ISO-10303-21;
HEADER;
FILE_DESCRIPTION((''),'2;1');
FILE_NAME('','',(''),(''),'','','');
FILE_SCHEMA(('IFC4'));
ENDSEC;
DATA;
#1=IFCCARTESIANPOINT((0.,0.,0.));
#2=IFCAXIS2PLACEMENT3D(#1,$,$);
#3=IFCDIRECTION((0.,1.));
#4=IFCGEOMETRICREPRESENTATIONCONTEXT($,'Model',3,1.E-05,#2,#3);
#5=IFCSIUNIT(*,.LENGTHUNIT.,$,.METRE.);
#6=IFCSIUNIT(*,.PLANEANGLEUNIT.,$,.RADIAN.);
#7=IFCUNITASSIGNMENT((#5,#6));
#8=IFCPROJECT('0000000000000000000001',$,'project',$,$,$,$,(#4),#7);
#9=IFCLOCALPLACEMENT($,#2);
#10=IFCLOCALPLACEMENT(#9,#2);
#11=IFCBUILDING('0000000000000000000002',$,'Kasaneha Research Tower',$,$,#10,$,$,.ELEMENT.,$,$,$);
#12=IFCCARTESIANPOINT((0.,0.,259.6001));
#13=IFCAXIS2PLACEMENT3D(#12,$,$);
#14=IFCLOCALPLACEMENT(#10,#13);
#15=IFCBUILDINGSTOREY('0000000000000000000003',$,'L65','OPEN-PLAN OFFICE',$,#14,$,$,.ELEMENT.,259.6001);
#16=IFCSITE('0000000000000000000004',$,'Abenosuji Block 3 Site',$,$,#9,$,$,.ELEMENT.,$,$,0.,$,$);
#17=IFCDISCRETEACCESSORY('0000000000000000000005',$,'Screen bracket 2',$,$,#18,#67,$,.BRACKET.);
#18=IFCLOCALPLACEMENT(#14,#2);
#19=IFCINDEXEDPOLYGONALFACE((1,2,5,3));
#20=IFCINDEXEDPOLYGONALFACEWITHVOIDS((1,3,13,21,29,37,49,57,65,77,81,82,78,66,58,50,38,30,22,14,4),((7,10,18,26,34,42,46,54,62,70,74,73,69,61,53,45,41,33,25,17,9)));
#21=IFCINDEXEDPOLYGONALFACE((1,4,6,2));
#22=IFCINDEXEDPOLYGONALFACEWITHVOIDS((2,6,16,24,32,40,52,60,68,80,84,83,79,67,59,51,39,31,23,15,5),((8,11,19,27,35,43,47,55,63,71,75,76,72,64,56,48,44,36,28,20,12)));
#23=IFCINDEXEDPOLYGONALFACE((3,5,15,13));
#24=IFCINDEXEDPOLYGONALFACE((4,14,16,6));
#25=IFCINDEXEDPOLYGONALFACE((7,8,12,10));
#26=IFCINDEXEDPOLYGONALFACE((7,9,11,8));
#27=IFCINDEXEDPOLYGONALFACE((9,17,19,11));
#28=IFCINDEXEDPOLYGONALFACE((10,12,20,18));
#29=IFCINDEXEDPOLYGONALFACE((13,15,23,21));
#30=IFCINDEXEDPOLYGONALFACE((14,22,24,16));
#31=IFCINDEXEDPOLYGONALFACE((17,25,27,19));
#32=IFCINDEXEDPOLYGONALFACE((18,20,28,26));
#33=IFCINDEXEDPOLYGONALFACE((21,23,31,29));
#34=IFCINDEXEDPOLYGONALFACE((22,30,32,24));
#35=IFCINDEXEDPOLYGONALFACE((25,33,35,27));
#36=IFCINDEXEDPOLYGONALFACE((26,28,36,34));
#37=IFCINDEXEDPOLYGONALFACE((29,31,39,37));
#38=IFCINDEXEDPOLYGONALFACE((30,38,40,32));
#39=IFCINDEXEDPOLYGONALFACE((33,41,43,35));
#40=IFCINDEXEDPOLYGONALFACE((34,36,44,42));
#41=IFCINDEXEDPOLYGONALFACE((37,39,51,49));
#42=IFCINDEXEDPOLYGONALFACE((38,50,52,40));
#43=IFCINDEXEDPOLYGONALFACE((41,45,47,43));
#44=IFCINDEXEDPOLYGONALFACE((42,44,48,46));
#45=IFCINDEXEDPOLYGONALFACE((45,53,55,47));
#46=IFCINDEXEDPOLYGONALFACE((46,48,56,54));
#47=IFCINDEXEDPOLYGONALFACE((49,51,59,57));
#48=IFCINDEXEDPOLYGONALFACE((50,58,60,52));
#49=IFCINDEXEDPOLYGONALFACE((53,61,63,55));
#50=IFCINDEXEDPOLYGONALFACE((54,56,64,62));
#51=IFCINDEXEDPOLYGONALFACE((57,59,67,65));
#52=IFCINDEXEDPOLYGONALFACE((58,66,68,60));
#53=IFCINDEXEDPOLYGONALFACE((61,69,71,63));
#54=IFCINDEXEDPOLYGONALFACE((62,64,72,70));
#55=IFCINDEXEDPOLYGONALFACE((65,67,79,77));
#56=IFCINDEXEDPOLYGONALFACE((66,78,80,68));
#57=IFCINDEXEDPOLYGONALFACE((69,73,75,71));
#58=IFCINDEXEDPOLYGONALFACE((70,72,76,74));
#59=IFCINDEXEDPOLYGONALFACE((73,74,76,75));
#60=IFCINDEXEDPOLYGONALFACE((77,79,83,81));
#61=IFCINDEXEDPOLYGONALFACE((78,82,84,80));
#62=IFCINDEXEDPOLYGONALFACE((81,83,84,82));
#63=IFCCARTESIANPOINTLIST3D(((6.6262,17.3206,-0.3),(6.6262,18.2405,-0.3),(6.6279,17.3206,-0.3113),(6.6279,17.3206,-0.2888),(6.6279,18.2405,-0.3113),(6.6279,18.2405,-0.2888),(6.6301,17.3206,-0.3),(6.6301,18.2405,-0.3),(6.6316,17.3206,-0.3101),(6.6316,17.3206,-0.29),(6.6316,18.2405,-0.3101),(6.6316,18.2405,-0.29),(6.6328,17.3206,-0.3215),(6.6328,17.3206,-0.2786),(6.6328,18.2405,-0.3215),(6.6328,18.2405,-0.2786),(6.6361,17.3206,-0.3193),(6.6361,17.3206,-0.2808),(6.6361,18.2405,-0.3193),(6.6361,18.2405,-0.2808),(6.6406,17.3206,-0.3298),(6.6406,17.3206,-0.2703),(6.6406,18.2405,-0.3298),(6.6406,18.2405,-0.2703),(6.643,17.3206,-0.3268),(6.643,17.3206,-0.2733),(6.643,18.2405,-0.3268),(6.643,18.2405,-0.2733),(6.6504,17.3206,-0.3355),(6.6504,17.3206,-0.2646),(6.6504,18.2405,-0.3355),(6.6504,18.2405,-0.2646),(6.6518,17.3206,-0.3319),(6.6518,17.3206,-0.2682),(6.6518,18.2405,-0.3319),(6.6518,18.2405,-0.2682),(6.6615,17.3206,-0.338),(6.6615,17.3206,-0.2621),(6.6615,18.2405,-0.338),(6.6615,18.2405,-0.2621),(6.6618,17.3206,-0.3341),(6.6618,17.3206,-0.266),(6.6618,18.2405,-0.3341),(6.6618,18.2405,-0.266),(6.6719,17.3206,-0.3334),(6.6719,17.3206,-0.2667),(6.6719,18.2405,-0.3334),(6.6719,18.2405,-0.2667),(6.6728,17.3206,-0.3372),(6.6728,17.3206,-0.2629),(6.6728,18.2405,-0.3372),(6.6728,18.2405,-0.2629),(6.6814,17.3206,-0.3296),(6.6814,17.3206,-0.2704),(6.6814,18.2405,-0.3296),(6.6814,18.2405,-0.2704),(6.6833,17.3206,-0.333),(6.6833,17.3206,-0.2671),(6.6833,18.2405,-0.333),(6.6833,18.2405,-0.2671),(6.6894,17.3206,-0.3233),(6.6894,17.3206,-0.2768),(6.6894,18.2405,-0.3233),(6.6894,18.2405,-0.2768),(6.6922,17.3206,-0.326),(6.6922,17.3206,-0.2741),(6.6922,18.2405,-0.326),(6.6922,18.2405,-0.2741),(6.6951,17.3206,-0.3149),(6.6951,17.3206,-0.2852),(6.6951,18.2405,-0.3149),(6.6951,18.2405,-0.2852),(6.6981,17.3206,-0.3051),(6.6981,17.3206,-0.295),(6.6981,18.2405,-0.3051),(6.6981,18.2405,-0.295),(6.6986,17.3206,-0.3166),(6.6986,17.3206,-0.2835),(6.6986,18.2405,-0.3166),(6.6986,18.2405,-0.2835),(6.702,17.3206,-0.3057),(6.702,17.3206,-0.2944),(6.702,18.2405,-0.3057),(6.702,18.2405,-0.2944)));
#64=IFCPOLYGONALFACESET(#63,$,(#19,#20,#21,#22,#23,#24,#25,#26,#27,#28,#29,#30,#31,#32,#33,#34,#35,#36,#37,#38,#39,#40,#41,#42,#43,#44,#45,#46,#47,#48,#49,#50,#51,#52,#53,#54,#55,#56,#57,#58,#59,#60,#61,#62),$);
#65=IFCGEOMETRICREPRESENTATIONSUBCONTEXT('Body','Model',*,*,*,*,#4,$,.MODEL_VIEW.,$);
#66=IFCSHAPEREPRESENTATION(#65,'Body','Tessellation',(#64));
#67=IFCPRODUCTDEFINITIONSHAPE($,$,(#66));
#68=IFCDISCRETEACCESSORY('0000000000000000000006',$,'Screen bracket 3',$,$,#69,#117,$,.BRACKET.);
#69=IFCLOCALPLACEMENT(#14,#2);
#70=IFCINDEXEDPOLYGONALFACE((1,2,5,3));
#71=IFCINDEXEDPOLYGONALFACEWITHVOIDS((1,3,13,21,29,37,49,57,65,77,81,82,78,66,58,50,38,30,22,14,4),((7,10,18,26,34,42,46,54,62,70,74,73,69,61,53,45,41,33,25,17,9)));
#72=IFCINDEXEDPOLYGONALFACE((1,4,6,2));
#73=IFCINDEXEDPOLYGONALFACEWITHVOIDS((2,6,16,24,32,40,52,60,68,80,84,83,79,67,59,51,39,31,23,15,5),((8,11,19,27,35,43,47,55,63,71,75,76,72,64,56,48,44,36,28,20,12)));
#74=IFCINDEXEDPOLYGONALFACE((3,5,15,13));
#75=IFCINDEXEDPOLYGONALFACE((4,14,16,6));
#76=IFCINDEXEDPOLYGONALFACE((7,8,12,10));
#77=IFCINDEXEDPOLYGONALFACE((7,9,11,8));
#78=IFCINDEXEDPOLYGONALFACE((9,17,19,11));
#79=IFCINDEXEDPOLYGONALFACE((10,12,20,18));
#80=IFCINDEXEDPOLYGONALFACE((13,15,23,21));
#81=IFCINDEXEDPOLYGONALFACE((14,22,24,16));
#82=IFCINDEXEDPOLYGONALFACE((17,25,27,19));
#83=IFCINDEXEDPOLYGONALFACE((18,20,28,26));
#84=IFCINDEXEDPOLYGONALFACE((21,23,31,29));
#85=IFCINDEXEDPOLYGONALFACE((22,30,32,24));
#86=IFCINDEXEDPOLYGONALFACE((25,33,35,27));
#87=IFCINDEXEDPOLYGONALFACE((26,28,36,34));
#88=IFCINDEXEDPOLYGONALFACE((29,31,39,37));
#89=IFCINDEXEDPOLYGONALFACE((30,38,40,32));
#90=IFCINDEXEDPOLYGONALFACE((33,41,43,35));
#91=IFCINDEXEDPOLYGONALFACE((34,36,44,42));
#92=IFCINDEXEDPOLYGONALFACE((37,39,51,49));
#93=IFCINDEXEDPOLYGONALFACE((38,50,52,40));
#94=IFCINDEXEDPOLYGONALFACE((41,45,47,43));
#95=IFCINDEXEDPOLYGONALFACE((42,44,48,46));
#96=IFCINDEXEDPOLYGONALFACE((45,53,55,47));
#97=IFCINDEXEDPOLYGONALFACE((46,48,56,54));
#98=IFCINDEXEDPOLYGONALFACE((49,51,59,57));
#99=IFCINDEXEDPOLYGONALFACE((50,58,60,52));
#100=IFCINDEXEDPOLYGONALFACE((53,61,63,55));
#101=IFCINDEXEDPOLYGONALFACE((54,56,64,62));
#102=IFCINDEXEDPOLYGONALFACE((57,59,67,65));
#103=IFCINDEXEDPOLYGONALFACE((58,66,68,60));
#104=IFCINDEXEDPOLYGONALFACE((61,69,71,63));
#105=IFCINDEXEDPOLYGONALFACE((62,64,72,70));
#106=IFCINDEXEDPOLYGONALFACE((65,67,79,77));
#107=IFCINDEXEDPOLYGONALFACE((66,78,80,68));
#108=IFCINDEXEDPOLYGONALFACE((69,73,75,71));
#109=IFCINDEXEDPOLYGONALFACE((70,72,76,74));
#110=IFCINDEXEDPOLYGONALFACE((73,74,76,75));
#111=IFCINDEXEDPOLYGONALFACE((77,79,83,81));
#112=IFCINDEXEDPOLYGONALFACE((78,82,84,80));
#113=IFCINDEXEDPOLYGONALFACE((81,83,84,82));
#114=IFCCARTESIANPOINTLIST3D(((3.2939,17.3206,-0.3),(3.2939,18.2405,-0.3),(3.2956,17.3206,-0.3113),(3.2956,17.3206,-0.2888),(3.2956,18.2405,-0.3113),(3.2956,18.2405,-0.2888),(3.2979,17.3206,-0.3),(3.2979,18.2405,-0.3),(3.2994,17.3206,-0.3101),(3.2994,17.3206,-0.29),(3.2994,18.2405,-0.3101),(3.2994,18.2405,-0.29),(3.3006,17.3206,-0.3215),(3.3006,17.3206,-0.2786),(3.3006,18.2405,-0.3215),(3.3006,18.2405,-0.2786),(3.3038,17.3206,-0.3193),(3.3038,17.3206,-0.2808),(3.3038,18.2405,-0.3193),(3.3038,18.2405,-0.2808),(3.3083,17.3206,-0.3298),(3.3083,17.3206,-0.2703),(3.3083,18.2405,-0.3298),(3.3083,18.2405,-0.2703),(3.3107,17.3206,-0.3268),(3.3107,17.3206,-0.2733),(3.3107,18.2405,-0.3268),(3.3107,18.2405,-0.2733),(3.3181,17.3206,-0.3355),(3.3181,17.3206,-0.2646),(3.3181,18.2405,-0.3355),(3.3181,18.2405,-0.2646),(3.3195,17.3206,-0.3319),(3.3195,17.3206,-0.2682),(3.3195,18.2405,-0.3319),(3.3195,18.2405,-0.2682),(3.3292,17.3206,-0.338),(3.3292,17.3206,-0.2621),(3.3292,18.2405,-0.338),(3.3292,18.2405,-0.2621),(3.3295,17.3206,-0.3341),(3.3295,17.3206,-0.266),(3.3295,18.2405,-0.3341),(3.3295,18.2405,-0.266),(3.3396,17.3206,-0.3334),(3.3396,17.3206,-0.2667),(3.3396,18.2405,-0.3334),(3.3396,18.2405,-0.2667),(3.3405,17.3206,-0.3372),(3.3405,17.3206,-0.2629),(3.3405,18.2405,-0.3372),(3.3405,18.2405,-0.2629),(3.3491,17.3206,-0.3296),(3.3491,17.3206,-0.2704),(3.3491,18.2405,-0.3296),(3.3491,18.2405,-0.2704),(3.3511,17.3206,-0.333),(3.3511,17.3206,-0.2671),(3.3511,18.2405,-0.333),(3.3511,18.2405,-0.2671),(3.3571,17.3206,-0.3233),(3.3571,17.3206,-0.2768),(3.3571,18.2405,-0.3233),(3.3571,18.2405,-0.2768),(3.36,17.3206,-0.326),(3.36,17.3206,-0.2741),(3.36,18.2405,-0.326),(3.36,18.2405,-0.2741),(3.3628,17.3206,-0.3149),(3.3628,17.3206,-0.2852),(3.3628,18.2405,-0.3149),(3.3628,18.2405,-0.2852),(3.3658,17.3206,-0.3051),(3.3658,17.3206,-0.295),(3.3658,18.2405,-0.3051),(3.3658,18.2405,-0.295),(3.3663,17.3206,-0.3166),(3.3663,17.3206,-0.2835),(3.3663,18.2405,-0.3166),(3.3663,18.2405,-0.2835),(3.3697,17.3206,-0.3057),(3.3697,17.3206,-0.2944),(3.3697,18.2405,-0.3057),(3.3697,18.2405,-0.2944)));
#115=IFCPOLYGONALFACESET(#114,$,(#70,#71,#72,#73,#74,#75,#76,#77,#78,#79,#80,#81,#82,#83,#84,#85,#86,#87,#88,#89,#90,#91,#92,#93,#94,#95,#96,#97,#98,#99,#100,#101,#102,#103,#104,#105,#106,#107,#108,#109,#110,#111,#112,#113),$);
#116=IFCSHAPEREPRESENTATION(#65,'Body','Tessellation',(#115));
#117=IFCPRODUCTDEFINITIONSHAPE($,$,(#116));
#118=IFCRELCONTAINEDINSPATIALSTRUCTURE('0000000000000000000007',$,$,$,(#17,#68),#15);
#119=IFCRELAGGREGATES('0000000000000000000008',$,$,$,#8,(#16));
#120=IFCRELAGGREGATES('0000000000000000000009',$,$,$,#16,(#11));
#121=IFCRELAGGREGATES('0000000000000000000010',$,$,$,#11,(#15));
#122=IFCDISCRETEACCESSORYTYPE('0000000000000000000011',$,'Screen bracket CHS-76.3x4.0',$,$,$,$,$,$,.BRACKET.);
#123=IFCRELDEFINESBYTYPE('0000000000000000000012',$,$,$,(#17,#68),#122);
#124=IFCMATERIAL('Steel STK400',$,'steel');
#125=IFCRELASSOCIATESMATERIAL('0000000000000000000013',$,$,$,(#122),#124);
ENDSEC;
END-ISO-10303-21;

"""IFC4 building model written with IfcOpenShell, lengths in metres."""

from ifc_helpers import new_model, si_unit, direction, frame, origin, origin_2d, place, context, subcontext, project, spatial, hollow_circle, extrude, material, material_profile, profile_set, type_object, element, save


model = new_model("IFC4")

# Units and contexts
model_context = context("Model", 3, precision=1e-05, world=origin(), true_north=direction((0.0, 1.0)))
body_context = subcontext(model_context, "Body", "Model", "MODEL_VIEW")
ifc_project = project(units=[si_unit("LENGTHUNIT", "METRE"), si_unit("PLANEANGLEUNIT", "RADIAN")], contexts=[model_context])

# Site, building, storey
site_placement = place(None, origin())
site = spatial("IfcSite", under=ifc_project, at=site_placement, Name="Abenosuji Block 3 Site", CompositionType="ELEMENT", RefElevation=0.0)
building_placement = place(site_placement, origin())
building = spatial("IfcBuilding", under=site, at=building_placement, Name="Kasaneha Research Tower", CompositionType="ELEMENT")
storey_placement = place(building_placement, frame((0.0, 0.0, 259.6001)))
storey = spatial("IfcBuildingStorey", under=building, at=storey_placement, Name="L65", Description="OPEN-PLAN OFFICE", CompositionType="ELEMENT", Elevation=259.6001)

# Discrete accessories
ifc_material_1 = material(Name="Steel STK400", Category="steel")
ifc_material_profile_1 = material_profile(ifc_material_1, hollow_circle(Radius=0.0381, WallThickness=0.0039, at=origin_2d()), Name="CHS-76.3x4.0")
ifc_profile_set_1 = profile_set([ifc_material_profile_1], Name="Steel STK400")
discrete_accessory_type = type_object("IfcDiscreteAccessoryType", Name="Screen bracket CHS-76.3x4.0", PredefinedType="BRACKET", material=ifc_profile_set_1)
for number, where, z_axis, x_axis, name in (
    (1, (6.6643, 17.3206, -0.3), (0.0, 1.0, 0.0), (-1.0, 0.0, 0.0), "Screen bracket 2"),
    (2, (3.332, 17.3206, -0.3), (0.0, 1.0, 0.0), (-1.0, 0.0, 0.0), "Screen bracket 3"),
):
    element("IfcDiscreteAccessory", number, at=place(storey_placement, frame(where, z_axis=z_axis, x_axis=x_axis)), inside=storey, type_object=discrete_accessory_type, Name=name, PredefinedType="BRACKET", context=body_context, shape_type="SweptSolid", body=[
        extrude(hollow_circle(Radius=0.0381, WallThickness=0.0039, at=origin_2d()), origin(), (0.0, 0.0, 1.0), 0.9199),
    ])

save(model, "model.ifc")
